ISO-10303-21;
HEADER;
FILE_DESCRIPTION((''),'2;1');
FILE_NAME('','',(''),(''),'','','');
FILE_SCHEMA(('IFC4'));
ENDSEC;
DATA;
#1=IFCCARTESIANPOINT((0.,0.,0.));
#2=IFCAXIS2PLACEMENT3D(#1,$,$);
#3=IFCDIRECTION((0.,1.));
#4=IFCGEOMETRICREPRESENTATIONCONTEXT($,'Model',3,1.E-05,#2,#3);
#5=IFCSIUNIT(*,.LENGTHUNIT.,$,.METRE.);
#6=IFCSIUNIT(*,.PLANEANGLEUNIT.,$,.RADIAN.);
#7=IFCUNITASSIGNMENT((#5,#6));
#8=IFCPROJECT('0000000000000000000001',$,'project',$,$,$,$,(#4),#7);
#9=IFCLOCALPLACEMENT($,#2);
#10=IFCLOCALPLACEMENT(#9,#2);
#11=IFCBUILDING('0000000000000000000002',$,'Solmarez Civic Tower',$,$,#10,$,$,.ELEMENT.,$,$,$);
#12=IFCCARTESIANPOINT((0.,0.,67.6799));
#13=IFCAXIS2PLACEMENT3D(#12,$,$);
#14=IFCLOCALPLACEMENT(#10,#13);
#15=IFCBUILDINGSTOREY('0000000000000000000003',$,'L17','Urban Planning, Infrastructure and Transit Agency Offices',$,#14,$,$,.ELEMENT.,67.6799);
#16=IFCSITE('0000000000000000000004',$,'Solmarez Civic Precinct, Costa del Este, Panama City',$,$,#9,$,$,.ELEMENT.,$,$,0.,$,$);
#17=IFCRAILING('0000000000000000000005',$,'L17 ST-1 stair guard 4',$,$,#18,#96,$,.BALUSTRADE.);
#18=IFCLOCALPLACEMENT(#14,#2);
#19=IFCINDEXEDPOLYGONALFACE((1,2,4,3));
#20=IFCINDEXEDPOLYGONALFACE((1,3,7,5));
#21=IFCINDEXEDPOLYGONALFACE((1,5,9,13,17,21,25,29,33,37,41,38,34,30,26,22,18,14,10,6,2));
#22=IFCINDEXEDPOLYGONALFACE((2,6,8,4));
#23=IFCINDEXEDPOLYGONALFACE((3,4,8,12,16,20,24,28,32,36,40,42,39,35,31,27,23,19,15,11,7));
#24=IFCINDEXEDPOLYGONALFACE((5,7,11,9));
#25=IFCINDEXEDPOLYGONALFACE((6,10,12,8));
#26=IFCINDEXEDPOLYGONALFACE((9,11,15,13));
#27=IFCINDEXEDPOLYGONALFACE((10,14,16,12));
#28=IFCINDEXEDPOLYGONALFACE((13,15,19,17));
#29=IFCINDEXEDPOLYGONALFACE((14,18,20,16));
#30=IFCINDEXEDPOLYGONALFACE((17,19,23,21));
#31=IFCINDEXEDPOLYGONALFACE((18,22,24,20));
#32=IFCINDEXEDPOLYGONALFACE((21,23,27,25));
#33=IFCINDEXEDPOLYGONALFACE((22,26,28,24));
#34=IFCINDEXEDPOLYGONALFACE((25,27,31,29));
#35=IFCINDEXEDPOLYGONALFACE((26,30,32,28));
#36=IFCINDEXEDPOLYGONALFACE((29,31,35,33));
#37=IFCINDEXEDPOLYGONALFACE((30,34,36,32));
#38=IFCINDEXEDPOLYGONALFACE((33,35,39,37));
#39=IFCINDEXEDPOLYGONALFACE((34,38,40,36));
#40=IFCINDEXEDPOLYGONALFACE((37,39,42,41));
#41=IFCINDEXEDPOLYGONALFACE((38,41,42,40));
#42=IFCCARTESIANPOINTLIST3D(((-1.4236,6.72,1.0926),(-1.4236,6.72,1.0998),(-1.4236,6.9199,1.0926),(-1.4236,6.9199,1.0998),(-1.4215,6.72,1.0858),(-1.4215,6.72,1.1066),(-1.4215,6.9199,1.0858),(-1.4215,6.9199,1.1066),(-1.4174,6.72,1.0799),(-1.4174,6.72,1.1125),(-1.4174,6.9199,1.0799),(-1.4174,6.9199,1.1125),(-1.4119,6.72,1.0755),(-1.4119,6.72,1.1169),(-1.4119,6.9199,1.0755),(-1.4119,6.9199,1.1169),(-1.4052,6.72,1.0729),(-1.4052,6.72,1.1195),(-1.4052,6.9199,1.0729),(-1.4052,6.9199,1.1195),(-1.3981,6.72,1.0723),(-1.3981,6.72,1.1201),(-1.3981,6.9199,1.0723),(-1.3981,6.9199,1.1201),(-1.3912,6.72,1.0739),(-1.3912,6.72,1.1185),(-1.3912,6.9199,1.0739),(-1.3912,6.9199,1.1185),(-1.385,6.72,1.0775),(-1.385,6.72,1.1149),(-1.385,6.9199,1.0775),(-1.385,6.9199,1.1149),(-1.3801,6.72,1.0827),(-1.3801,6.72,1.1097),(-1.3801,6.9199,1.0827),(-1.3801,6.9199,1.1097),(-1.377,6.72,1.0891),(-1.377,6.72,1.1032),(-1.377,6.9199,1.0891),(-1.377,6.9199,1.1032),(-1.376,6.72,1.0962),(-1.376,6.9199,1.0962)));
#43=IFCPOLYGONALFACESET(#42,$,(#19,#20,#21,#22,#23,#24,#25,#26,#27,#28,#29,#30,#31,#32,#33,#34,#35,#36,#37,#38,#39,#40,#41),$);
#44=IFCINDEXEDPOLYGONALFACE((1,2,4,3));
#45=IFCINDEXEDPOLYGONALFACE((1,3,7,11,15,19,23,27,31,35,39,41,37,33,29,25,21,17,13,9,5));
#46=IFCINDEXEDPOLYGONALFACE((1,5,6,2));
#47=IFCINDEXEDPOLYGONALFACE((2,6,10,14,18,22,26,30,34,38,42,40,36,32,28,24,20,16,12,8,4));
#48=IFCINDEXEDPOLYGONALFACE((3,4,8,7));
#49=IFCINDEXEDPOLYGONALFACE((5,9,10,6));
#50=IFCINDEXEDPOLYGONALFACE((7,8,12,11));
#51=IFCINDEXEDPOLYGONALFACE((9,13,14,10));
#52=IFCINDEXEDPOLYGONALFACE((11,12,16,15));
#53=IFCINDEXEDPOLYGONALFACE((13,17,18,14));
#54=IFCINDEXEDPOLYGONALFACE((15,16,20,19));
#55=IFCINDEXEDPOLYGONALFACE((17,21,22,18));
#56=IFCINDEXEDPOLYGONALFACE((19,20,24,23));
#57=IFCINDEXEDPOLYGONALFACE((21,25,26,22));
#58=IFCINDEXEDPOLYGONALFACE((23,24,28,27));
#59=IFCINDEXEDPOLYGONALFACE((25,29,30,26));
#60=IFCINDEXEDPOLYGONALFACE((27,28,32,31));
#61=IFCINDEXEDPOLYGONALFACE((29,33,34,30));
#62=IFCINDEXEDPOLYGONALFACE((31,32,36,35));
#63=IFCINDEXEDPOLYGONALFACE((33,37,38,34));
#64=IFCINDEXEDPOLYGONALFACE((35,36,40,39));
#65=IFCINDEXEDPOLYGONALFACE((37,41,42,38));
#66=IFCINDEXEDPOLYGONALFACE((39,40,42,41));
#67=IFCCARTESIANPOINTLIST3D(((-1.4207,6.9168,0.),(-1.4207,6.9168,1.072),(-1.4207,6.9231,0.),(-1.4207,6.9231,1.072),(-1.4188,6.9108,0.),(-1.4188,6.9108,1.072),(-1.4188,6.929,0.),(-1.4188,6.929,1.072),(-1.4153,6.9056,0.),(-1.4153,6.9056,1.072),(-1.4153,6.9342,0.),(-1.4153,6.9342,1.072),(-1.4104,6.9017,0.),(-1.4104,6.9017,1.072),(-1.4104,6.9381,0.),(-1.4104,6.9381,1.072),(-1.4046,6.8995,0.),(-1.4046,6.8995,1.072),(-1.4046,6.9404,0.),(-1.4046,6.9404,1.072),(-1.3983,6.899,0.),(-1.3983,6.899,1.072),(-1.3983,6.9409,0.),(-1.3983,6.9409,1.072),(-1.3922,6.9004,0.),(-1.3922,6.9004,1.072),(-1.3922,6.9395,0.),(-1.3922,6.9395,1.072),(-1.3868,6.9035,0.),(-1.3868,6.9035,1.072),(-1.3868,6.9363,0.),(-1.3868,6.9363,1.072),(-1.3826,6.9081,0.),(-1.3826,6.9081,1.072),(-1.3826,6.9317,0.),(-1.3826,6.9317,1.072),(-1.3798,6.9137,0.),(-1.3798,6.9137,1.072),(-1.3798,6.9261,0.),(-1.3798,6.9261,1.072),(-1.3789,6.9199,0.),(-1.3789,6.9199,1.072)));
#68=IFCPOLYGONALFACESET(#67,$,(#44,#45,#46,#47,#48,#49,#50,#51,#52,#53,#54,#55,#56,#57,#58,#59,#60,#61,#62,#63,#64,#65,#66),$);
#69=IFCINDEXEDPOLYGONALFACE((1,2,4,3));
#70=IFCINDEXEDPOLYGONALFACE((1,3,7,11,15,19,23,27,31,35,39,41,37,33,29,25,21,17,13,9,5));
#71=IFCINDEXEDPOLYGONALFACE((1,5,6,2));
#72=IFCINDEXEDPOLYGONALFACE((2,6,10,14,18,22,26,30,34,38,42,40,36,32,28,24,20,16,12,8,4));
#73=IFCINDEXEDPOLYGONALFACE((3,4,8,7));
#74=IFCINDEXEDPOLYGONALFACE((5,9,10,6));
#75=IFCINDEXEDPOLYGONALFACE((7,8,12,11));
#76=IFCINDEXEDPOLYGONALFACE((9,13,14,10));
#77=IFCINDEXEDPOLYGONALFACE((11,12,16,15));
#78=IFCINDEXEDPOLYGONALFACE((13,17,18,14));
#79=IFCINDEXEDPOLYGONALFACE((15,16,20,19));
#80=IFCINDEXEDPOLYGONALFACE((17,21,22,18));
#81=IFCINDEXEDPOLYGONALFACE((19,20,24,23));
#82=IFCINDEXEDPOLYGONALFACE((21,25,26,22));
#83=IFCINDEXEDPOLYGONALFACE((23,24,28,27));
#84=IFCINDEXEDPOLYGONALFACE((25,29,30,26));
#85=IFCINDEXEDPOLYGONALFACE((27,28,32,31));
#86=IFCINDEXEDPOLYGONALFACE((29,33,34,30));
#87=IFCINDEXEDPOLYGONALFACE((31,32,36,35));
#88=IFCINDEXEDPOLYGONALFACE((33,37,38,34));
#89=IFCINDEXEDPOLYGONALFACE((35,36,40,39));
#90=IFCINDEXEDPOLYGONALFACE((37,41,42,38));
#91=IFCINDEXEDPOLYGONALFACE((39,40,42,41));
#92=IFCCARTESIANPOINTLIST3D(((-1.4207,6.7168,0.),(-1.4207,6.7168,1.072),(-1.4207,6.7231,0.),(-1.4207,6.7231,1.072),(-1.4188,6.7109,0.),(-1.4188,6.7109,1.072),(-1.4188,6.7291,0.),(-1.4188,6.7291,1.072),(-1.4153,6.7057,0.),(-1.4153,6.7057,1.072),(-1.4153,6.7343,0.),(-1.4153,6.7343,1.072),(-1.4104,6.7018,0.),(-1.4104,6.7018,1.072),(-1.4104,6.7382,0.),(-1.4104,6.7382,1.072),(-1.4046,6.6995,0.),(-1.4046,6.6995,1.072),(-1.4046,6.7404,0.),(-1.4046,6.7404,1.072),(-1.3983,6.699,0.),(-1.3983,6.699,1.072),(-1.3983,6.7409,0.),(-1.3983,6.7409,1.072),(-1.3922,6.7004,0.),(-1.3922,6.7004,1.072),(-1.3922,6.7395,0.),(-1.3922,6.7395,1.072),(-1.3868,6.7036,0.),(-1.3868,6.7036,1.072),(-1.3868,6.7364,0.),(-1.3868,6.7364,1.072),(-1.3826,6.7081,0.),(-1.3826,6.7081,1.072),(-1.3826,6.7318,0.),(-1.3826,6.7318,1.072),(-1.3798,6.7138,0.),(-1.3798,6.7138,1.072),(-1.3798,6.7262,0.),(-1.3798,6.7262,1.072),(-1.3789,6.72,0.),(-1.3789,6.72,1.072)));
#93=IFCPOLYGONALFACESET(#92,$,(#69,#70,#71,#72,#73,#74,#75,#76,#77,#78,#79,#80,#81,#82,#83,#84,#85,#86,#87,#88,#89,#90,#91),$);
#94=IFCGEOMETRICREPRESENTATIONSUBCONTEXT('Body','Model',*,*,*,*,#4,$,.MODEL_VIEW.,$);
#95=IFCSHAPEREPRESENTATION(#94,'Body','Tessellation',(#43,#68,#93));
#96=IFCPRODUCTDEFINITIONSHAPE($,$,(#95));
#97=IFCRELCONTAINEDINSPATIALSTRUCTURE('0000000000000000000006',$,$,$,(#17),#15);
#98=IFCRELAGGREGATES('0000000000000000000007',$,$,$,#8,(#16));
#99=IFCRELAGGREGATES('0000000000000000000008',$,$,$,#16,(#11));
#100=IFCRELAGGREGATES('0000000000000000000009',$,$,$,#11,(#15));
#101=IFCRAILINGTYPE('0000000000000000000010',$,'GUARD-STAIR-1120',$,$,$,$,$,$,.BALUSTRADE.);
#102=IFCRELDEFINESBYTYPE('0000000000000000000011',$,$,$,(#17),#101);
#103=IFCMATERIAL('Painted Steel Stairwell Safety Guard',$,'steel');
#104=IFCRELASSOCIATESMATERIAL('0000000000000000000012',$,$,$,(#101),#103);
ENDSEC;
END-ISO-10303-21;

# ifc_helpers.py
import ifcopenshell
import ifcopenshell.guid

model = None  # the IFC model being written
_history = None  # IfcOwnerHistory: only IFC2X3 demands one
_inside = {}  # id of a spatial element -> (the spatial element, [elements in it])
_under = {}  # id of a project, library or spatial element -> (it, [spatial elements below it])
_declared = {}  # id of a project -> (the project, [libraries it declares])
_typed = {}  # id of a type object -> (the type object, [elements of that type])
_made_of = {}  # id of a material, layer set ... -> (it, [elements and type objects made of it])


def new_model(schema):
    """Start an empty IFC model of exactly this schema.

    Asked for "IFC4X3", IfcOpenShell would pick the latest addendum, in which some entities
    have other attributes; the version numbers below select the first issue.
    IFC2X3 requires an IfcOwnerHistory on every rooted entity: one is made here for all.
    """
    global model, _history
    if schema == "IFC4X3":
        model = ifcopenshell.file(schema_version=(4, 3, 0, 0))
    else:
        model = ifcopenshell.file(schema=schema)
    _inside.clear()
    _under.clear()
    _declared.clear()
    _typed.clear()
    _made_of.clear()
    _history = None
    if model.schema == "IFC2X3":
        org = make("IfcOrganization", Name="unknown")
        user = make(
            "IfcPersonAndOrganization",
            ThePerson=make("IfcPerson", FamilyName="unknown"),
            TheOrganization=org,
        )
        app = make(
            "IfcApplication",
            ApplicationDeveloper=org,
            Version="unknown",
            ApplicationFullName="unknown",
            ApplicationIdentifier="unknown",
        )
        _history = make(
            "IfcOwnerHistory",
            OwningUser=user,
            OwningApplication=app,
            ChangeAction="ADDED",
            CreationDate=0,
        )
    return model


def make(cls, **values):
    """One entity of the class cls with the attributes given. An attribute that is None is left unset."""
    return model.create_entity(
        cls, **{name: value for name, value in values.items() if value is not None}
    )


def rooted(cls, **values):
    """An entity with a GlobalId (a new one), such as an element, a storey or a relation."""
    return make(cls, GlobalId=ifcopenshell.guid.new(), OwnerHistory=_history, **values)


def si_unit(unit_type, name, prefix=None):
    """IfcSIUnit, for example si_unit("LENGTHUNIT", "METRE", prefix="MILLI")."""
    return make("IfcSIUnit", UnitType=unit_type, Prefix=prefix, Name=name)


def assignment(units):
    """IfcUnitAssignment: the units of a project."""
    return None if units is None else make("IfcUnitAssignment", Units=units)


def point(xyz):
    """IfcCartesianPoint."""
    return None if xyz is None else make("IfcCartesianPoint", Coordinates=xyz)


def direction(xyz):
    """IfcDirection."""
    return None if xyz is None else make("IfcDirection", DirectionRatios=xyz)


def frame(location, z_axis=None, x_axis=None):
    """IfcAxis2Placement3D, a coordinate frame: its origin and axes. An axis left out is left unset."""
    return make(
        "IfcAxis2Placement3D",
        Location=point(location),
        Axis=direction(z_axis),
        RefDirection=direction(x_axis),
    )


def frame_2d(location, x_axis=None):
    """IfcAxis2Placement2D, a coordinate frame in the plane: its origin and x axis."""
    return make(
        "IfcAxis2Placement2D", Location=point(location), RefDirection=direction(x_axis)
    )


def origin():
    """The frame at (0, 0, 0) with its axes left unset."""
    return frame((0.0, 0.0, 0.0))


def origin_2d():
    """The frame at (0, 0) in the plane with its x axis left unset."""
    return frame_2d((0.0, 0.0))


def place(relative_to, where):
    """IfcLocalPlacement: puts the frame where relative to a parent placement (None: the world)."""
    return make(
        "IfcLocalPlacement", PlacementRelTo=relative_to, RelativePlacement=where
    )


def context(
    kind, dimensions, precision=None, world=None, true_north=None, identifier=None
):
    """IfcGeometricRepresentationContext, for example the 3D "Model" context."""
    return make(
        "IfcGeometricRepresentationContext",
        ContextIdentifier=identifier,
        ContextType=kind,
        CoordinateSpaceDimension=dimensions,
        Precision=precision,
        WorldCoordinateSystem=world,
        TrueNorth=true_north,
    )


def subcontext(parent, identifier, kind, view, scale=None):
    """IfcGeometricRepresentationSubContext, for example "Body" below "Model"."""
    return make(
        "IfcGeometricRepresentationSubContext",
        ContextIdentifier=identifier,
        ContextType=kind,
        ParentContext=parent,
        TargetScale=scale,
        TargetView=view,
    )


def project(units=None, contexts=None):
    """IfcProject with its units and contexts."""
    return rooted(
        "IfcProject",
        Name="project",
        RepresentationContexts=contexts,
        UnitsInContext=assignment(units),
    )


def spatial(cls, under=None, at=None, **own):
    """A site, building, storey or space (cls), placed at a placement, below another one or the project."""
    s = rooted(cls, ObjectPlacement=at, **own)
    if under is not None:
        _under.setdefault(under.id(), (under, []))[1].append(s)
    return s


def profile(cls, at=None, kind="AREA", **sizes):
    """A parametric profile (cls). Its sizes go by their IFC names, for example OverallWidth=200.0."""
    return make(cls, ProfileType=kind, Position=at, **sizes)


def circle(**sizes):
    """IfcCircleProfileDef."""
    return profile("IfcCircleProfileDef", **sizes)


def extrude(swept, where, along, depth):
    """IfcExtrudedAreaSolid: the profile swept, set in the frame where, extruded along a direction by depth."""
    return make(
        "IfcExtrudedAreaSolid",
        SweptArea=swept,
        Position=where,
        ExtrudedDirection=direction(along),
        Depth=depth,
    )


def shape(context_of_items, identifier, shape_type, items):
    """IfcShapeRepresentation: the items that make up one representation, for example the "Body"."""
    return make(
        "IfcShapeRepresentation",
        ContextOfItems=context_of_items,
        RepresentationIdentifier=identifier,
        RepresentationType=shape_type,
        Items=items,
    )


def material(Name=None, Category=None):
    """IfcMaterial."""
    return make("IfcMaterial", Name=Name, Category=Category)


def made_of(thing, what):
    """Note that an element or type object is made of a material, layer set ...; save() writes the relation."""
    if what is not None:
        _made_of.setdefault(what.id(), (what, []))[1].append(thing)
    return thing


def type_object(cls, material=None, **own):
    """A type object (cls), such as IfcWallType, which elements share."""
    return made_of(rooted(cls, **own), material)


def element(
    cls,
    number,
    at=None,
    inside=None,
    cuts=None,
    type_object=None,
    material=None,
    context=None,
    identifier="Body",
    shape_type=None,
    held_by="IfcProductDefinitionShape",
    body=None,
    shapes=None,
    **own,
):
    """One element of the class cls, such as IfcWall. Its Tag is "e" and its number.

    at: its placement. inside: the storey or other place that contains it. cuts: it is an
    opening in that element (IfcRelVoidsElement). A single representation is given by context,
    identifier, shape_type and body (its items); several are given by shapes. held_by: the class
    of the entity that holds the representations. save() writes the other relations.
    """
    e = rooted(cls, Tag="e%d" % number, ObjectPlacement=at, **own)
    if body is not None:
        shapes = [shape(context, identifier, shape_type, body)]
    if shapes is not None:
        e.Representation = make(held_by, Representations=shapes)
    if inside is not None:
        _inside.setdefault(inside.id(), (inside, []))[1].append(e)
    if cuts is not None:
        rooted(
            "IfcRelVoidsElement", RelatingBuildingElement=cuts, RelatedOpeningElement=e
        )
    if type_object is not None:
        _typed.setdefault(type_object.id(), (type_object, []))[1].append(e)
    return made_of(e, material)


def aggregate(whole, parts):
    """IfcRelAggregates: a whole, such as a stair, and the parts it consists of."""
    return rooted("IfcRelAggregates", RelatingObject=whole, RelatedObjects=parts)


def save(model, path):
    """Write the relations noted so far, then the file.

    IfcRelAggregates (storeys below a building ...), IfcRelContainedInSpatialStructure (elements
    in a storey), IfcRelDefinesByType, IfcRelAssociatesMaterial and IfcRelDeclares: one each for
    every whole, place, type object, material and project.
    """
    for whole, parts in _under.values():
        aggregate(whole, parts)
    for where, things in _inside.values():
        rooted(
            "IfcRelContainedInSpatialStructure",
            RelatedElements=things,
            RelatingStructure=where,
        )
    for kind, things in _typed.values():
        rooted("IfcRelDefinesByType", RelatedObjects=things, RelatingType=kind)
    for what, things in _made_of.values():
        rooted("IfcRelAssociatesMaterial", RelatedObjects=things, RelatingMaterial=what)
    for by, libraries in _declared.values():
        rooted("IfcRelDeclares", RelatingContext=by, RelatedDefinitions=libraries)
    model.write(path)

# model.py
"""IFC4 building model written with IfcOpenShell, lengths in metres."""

from ifc_helpers import new_model, si_unit, direction, frame, origin, origin_2d, place, context, subcontext, project, spatial, circle, extrude, material, type_object, element, save


model = new_model("IFC4")

# Units and contexts
model_context = context("Model", 3, precision=1e-05, world=origin(), true_north=direction((0.0, 1.0)))
body_context = subcontext(model_context, "Body", "Model", "MODEL_VIEW")
ifc_project = project(units=[si_unit("LENGTHUNIT", "METRE"), si_unit("PLANEANGLEUNIT", "RADIAN")], contexts=[model_context])

# Site, building, storey
site_placement = place(None, origin())
site = spatial("IfcSite", under=ifc_project, at=site_placement, Name="Solmarez Civic Precinct, Costa del Este, Panama City", CompositionType="ELEMENT", RefElevation=0.0)
building_placement = place(site_placement, origin())
building = spatial("IfcBuilding", under=site, at=building_placement, Name="Solmarez Civic Tower", CompositionType="ELEMENT")
storey_placement = place(building_placement, frame((0.0, 0.0, 67.6799)))
storey = spatial("IfcBuildingStorey", under=building, at=storey_placement, Name="L17", Description="Urban Planning, Infrastructure and Transit Agency Offices", CompositionType="ELEMENT", Elevation=67.6799)

# Railing
ifc_material_1 = material(Name="Painted Steel Stairwell Safety Guard", Category="steel")
railing_type_1 = type_object("IfcRailingType", Name="GUARD-STAIR-1120", PredefinedType="BALUSTRADE", material=ifc_material_1)
railing_1_placement = place(storey_placement, frame((-1.3999, 6.9199, 0.0)))
element("IfcRailing", 1, at=railing_1_placement, inside=storey, type_object=railing_type_1, Name="L17 ST-1 stair guard 4", PredefinedType="BALUSTRADE", context=body_context, shape_type="SweptSolid", body=[
    extrude(circle(Radius=0.0239, at=origin_2d()), frame((0.0, 0.0, 1.0962), z_axis=(0.0, -1.0, 0.0), x_axis=(1.0, 0.0, 0.0)), (0.0, 0.0, 1.0), 0.2),
    extrude(circle(Radius=0.021, at=origin_2d()), origin(), (0.0, 0.0, 1.0), 1.072),
    extrude(circle(Radius=0.021, at=origin_2d()), frame((0.0, -0.2, 0.0)), (0.0, 0.0, 1.0), 1.072),
])

save(model, "model.ifc")
